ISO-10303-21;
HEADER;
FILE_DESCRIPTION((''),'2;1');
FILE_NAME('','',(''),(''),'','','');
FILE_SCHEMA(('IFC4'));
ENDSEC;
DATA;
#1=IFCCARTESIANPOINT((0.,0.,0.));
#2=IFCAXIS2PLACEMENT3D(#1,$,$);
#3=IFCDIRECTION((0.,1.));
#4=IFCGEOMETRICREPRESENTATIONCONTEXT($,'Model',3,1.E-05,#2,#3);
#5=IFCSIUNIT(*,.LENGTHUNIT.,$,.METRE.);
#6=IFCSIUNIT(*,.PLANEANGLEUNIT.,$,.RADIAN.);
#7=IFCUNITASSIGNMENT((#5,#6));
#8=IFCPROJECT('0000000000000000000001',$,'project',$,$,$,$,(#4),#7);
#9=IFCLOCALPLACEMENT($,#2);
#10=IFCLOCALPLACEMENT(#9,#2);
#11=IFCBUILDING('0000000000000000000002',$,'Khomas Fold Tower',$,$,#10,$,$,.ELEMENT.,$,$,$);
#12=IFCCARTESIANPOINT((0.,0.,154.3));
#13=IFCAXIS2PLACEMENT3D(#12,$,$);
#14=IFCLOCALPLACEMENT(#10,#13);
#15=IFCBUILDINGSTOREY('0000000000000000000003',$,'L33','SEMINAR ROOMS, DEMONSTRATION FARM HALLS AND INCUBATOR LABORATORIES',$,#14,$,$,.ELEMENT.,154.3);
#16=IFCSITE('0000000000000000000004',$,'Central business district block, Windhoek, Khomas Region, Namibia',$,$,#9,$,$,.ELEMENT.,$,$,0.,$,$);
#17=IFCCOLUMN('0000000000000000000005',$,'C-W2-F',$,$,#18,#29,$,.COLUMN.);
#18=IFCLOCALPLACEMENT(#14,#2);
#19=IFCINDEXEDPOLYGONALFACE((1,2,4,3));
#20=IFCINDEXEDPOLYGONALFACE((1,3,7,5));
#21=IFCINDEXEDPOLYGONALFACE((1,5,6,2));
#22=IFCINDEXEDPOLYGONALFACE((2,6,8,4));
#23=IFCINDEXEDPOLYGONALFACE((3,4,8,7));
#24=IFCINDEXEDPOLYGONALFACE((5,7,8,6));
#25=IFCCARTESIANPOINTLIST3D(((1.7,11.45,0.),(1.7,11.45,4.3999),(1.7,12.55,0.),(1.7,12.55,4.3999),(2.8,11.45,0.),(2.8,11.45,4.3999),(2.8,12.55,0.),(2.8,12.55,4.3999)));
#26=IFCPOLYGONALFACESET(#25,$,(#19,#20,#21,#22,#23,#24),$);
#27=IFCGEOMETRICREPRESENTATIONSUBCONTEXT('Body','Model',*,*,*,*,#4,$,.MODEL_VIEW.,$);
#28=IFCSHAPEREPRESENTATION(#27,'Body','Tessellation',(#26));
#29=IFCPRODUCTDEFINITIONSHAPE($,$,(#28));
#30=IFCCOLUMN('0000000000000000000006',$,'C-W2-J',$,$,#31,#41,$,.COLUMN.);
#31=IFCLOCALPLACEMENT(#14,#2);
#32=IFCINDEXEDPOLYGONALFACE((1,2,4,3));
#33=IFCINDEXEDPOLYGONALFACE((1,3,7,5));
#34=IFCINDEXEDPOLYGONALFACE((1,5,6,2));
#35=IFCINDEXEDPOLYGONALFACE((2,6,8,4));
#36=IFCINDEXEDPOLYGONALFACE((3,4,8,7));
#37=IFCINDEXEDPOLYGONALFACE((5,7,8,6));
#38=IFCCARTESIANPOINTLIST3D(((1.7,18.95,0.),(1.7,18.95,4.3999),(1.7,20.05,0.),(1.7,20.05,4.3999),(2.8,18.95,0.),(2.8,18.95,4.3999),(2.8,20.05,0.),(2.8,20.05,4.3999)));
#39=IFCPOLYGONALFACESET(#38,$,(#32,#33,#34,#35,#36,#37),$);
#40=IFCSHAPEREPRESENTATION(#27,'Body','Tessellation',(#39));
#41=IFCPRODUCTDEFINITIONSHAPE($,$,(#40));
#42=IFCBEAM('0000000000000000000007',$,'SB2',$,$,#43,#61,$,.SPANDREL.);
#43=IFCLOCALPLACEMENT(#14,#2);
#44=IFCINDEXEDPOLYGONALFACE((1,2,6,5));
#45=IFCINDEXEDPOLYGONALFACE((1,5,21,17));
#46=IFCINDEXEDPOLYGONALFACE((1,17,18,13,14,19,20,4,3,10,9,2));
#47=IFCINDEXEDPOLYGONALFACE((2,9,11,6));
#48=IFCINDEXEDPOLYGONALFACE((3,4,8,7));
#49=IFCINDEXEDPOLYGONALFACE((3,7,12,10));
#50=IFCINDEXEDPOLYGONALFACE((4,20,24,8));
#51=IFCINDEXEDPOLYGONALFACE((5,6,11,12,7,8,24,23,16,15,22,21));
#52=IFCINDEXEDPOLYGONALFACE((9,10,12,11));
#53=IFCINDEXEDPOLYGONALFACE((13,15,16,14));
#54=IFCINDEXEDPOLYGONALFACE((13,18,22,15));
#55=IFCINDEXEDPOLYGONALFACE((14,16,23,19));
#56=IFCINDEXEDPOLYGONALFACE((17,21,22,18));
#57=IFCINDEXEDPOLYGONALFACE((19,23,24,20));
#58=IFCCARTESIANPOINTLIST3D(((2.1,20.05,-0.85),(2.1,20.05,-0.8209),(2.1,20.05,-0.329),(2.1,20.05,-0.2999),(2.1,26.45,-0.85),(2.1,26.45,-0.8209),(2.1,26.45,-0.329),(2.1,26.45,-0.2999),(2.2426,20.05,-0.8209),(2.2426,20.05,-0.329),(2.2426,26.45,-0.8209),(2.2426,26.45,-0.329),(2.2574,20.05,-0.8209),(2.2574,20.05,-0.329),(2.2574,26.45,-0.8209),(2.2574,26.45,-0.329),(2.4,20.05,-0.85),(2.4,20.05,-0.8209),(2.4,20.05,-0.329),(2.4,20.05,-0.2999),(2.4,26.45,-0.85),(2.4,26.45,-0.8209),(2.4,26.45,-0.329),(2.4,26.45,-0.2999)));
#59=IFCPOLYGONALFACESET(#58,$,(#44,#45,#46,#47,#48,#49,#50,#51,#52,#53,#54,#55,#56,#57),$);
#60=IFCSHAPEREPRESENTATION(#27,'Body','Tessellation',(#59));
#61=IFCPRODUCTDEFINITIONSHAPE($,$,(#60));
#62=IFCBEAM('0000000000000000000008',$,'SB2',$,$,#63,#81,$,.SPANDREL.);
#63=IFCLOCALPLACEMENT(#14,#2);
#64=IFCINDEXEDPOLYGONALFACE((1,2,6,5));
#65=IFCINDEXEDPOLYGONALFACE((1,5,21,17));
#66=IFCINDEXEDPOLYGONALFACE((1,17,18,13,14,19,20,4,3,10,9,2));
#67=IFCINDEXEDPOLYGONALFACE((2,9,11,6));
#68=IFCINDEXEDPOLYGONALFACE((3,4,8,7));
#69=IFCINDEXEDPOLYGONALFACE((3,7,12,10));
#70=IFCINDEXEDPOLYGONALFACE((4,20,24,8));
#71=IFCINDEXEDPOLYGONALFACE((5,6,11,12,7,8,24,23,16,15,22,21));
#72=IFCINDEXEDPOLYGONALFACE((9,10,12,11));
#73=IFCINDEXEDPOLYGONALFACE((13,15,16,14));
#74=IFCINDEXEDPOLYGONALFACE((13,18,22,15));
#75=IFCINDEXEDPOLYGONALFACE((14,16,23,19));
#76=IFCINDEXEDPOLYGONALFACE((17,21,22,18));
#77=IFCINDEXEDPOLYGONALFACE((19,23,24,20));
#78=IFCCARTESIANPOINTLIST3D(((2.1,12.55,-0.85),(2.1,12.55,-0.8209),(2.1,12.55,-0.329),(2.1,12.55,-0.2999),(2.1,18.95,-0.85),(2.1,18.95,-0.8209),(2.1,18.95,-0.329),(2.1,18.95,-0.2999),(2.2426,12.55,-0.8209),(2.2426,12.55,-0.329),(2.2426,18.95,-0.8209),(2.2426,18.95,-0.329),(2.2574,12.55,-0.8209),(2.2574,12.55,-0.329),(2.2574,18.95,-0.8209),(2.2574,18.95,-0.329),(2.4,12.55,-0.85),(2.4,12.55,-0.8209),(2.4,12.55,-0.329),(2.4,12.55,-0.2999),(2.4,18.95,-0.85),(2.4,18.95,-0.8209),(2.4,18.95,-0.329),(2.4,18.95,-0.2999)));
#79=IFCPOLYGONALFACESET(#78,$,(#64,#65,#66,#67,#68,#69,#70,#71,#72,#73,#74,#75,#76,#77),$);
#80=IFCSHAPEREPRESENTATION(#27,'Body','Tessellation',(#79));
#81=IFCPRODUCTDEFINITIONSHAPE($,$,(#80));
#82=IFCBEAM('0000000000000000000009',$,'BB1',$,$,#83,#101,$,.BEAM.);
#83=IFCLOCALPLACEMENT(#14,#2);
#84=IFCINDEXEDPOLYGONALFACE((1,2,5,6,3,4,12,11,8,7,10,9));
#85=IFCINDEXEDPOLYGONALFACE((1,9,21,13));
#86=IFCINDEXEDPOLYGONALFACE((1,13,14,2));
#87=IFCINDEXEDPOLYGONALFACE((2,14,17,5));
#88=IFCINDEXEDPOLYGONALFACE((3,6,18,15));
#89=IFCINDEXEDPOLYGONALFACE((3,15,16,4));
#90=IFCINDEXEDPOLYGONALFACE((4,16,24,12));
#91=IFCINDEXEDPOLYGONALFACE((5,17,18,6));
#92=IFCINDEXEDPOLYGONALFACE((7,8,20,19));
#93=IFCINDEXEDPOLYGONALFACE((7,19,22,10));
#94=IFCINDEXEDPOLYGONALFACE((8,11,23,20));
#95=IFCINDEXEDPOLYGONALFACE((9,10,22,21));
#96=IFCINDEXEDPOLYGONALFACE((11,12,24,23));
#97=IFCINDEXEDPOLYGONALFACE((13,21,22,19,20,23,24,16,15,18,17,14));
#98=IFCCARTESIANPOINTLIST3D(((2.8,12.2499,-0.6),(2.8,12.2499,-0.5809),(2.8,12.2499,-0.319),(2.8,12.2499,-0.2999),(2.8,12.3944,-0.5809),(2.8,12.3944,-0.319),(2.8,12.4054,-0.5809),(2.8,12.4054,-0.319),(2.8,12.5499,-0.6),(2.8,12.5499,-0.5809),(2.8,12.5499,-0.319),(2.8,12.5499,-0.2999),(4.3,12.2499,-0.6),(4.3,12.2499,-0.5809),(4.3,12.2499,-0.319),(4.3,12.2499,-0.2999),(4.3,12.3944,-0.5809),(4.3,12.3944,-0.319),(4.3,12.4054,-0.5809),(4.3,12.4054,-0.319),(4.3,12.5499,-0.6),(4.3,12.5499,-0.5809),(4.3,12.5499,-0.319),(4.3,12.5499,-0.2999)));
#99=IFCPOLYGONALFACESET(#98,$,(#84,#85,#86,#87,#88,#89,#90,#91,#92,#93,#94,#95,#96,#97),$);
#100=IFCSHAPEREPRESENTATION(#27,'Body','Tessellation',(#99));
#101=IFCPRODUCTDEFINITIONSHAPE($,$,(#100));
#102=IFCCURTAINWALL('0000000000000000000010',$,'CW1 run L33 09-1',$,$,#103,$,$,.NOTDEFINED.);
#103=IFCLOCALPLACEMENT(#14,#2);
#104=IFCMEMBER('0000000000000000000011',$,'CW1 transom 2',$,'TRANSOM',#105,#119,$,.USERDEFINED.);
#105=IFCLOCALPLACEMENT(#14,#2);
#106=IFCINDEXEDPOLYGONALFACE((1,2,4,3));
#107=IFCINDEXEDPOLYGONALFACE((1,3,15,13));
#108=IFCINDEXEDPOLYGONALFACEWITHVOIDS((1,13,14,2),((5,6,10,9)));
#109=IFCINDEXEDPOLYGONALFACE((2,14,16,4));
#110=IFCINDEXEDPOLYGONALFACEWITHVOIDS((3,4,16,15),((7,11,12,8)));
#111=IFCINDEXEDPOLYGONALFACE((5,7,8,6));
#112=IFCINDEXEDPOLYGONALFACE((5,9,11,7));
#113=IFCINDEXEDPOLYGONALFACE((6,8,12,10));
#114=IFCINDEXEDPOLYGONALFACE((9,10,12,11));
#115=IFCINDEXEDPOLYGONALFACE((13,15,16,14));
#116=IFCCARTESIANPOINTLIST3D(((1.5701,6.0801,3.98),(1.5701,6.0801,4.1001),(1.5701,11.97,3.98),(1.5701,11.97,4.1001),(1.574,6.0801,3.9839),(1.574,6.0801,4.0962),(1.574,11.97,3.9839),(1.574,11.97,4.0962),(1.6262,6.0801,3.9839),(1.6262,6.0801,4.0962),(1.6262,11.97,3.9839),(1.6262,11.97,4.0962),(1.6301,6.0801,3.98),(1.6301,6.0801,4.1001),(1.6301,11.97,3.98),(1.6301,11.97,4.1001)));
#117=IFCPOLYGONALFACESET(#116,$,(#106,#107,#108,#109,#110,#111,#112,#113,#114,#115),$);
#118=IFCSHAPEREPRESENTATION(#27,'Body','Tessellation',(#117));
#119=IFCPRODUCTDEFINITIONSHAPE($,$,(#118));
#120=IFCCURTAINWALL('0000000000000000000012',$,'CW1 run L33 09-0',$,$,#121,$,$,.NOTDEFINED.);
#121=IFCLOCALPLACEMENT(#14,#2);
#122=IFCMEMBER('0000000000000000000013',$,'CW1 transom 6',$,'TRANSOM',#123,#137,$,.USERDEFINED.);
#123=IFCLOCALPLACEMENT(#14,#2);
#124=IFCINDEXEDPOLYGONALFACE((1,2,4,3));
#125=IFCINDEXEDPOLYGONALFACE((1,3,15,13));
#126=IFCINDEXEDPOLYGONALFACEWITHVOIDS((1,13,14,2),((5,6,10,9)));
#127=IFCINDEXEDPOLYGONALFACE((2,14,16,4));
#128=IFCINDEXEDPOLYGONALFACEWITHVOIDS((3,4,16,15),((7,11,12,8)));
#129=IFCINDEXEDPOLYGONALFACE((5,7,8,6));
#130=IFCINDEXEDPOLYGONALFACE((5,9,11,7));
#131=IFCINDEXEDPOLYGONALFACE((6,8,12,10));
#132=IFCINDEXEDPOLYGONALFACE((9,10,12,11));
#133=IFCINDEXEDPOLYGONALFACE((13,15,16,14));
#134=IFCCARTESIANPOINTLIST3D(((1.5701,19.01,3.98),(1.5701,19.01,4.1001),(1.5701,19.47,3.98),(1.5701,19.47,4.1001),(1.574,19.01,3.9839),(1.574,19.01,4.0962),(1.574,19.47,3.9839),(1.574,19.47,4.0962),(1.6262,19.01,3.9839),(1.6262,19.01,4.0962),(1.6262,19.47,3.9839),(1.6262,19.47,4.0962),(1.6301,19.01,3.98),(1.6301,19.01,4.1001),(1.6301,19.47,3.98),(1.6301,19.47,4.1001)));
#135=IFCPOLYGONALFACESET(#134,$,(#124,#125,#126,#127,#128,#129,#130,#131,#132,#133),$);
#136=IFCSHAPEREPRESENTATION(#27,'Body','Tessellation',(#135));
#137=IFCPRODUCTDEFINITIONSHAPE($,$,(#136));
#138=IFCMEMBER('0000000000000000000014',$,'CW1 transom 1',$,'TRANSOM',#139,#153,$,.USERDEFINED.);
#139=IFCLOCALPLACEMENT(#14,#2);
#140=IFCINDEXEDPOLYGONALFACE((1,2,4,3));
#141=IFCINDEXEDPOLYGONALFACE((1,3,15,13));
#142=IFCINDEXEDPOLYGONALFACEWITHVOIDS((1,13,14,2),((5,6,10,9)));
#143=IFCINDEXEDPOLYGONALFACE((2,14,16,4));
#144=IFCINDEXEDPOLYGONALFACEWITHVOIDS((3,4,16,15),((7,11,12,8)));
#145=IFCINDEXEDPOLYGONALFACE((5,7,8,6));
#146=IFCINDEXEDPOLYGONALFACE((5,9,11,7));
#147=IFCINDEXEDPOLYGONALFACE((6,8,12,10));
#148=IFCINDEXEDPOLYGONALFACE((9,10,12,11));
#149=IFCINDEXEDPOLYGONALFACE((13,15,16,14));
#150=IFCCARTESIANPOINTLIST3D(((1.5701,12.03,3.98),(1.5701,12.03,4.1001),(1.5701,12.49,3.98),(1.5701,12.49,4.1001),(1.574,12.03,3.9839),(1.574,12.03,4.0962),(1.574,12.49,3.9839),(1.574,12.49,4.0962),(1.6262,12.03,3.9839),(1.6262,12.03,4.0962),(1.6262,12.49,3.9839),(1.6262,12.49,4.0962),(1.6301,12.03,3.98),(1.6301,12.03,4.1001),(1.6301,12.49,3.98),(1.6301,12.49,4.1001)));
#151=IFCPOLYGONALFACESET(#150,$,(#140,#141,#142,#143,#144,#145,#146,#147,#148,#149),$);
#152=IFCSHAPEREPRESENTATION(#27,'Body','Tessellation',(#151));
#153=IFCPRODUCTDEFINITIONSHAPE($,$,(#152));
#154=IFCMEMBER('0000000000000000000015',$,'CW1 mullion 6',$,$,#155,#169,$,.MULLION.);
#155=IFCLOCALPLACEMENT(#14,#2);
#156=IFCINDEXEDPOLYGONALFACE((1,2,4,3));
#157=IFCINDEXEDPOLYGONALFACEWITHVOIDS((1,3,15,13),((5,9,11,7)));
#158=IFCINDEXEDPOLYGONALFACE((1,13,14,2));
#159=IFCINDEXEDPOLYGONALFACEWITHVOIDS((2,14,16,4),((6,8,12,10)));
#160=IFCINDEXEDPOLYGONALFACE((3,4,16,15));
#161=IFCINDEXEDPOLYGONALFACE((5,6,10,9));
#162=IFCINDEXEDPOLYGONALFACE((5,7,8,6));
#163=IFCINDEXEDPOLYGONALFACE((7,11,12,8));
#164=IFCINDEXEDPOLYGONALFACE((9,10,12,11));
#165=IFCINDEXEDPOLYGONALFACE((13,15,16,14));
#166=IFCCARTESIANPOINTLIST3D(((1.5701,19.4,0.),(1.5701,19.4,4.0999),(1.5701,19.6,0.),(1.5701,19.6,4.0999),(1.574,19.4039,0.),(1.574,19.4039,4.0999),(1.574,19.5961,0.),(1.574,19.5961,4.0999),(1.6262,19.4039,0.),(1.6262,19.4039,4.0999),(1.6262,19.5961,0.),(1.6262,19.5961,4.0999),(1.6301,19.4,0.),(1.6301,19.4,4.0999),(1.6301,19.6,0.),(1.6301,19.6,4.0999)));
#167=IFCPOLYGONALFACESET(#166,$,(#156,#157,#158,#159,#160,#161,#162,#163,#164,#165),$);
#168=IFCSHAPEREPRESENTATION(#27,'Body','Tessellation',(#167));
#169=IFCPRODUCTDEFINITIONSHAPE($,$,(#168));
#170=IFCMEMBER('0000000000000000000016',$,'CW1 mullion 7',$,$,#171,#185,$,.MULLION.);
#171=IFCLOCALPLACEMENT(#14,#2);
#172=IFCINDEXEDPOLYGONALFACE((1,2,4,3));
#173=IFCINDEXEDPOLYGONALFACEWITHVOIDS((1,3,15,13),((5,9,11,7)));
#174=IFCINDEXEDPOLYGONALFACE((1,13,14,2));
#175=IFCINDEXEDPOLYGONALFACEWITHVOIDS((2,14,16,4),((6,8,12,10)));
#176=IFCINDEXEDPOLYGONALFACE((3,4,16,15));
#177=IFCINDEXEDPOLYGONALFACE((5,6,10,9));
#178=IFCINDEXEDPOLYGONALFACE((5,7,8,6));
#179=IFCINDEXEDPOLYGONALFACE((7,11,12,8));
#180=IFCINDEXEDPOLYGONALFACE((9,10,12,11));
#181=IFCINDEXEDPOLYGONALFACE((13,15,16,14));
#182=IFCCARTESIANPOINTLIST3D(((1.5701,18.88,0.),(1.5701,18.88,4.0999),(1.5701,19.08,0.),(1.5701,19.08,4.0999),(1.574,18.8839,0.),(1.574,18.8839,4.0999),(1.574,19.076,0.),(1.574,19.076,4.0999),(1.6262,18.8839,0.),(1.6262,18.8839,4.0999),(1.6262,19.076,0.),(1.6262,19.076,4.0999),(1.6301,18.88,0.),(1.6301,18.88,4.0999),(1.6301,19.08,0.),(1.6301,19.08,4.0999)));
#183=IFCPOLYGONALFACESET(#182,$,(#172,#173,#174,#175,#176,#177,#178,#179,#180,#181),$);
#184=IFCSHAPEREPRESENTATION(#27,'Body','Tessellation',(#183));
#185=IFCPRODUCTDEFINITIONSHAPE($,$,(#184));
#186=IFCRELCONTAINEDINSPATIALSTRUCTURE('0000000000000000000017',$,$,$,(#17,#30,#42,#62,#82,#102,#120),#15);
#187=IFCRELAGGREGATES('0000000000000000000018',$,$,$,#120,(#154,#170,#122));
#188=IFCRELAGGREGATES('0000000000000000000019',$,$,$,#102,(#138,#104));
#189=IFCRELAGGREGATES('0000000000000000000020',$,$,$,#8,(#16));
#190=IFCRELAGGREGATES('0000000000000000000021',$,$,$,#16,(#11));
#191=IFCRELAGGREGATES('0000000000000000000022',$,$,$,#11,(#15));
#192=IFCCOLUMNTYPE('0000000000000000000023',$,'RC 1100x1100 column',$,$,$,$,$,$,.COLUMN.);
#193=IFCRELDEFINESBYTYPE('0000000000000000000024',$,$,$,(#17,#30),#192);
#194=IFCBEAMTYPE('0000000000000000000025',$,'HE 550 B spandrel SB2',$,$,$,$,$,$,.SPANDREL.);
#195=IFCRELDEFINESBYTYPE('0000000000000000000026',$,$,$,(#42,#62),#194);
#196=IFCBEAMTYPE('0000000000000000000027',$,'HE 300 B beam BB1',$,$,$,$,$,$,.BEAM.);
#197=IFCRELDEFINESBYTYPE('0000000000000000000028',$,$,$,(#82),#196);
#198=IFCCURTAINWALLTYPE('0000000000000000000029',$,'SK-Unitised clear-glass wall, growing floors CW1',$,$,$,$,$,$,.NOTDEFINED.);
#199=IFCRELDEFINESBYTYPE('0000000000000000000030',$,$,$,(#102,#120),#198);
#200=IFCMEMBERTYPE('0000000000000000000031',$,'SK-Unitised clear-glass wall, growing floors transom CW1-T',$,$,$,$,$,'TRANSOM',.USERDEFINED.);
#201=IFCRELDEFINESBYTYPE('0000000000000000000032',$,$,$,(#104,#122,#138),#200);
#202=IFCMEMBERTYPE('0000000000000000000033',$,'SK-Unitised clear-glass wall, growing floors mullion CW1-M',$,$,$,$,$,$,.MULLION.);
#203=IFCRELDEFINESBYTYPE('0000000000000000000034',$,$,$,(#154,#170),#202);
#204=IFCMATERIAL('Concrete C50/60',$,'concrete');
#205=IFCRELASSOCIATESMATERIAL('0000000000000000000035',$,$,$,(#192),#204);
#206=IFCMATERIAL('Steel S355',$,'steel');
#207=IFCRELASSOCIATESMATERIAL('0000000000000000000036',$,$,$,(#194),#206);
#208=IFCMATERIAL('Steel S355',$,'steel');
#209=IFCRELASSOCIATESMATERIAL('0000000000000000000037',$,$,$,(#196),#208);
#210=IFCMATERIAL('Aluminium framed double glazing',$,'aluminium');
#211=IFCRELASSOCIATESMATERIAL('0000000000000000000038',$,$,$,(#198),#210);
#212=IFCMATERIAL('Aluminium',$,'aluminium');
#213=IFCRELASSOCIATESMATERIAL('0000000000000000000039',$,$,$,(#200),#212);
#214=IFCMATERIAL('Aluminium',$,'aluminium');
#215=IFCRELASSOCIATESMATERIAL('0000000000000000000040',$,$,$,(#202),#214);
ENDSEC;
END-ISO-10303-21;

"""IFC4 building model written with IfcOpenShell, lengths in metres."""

from ifc_helpers import new_model, si_unit, direction, frame, origin, origin_2d, place, context, subcontext, project, spatial, rectangle, hollow_rectangle, i_section, extrude, source, transform, mapped, material, material_profile, profile_set, type_object, element, aggregate, save


model = new_model("IFC4")

# Units and contexts
model_context = context("Model", 3, precision=1e-05, world=origin(), true_north=direction((0.0, 1.0)))
body_context = subcontext(model_context, "Body", "Model", "MODEL_VIEW")
ifc_project = project(units=[si_unit("LENGTHUNIT", "METRE"), si_unit("PLANEANGLEUNIT", "RADIAN")], contexts=[model_context])

# Site, building, storey
site_placement = place(None, origin())
site = spatial("IfcSite", under=ifc_project, at=site_placement, Name="Central business district block, Windhoek, Khomas Region, Namibia", CompositionType="ELEMENT", RefElevation=0.0)
building_placement = place(site_placement, origin())
building = spatial("IfcBuilding", under=site, at=building_placement, Name="Khomas Fold Tower", CompositionType="ELEMENT")
storey_placement = place(building_placement, frame((0.0, 0.0, 154.3)))
storey = spatial("IfcBuildingStorey", under=building, at=storey_placement, Name="L33", Description="SEMINAR ROOMS, DEMONSTRATION FARM HALLS AND INCUBATOR LABORATORIES", CompositionType="ELEMENT", Elevation=154.3)

# Columns
ifc_material_1 = material(Name="Concrete C50/60", Category="concrete")
ifc_material_profile_1 = material_profile(ifc_material_1, rectangle(XDim=1.1001, YDim=1.1001, at=origin_2d()), Name="RC 1100x1100")
ifc_profile_set_1 = profile_set([ifc_material_profile_1], Name="Concrete C50/60")
column_type = type_object("IfcColumnType", Name="RC 1100x1100 column", PredefinedType="COLUMN", material=ifc_profile_set_1)
shared_shape_1 = source(origin(), body_context, "Body", "SweptSolid", [
    extrude(rectangle(XDim=1.1001, YDim=1.1001, at=origin_2d()), origin(), (0.0, 0.0, 1.0), 4.3999),
])
for number, where, z_axis, x_axis, name in (
    (1, (2.25, 12.0, 0.0), (0.0, 0.0, 1.0), (1.0, 0.0, 0.0), "C-W2-F"),
    (2, (2.25, 19.5, 0.0), (0.0, 0.0, 1.0), (1.0, 0.0, 0.0), "C-W2-J"),
):
    element("IfcColumn", number, at=place(storey_placement, frame(where, z_axis=z_axis, x_axis=x_axis)), inside=storey, type_object=column_type, Name=name, PredefinedType="COLUMN", context=body_context, shape_type="MappedRepresentation", body=[
        mapped(shared_shape_1, transform((0.0, 0.0, 0.0))),
    ])

# Beams
ifc_material_2 = material(Name="Steel S355", Category="steel")
ifc_material_profile_2 = material_profile(ifc_material_2, i_section(OverallWidth=0.3, OverallDepth=0.55, WebThickness=0.0149, FlangeThickness=0.0291, at=origin_2d()), Name="HE 550 B")
ifc_profile_set_2 = profile_set([ifc_material_profile_2], Name="Steel S355")
beam_type_1 = type_object("IfcBeamType", Name="HE 550 B spandrel SB2", PredefinedType="SPANDREL", material=ifc_profile_set_2)
shared_shape_2 = source(origin(), body_context, "Body", "SweptSolid", [
    extrude(i_section(OverallWidth=0.3, OverallDepth=0.55, WebThickness=0.0149, FlangeThickness=0.0291, at=origin_2d()), origin(), (0.0, 0.0, 1.0), 6.3999),
])
for number, where, z_axis, x_axis, name in (
    (3, (2.25, 20.05, -0.575), (0.0, 1.0, 0.0), (-1.0, 0.0, 0.0), "SB2"),
    (4, (2.25, 12.55, -0.575), (0.0, 1.0, 0.0), (-1.0, 0.0, 0.0), "SB2"),
):
    element("IfcBeam", number, at=place(storey_placement, frame(where, z_axis=z_axis, x_axis=x_axis)), inside=storey, type_object=beam_type_1, Name=name, PredefinedType="SPANDREL", context=body_context, shape_type="MappedRepresentation", body=[
        mapped(shared_shape_2, transform((0.0, 0.0, 0.0))),
    ])
ifc_material_3 = material(Name="Steel S355", Category="steel")
ifc_material_profile_3 = material_profile(ifc_material_3, i_section(OverallWidth=0.3, OverallDepth=0.3, WebThickness=0.011, FlangeThickness=0.019, at=origin_2d()), Name="HE 300 B")
ifc_profile_set_3 = profile_set([ifc_material_profile_3], Name="Steel S355")
beam_type_2 = type_object("IfcBeamType", Name="HE 300 B beam BB1", PredefinedType="BEAM", material=ifc_profile_set_3)
shared_shape_3 = source(origin(), body_context, "Body", "SweptSolid", [
    extrude(i_section(OverallWidth=0.3, OverallDepth=0.3, WebThickness=0.011, FlangeThickness=0.019, at=origin_2d()), origin(), (0.0, 0.0, 1.0), 1.5),
])
beam_placement = place(storey_placement, frame((2.8, 12.3999, -0.45), z_axis=(1.0, 0.0, 0.0), x_axis=(0.0, 1.0, 0.0)))
element("IfcBeam", 5, at=beam_placement, inside=storey, type_object=beam_type_2, Name="BB1", PredefinedType="BEAM", context=body_context, shape_type="MappedRepresentation", body=[
    mapped(shared_shape_3, transform((0.0, 0.0, 0.0))),
])

# Curtain walls, members
ifc_material_4 = material(Name="Aluminium framed double glazing", Category="aluminium")
curtain_wall_type = type_object("IfcCurtainWallType", Name="SK-Unitised clear-glass wall, growing floors CW1", PredefinedType="NOTDEFINED", material=ifc_material_4)
curtain_wall_1_placement = place(storey_placement, origin())
curtain_wall_1 = element("IfcCurtainWall", 6, at=curtain_wall_1_placement, inside=storey, type_object=curtain_wall_type, Name="CW1 run L33 09-1", PredefinedType="NOTDEFINED")
ifc_material_5 = material(Name="Aluminium", Category="aluminium")
ifc_material_profile_4 = material_profile(ifc_material_5, hollow_rectangle(XDim=0.0601, YDim=0.1201, WallThickness=0.0039, at=origin_2d()), Name="SK-Unitised clear-glass wall, growing floors transom CW1-T")
ifc_profile_set_4 = profile_set([ifc_material_profile_4], Name="Aluminium")
member_type_1 = type_object("IfcMemberType", Name="SK-Unitised clear-glass wall, growing floors transom CW1-T", ElementType="TRANSOM", PredefinedType="USERDEFINED", material=ifc_profile_set_4)
shared_shape_4 = source(origin(), body_context, "Body", "SweptSolid", [
    extrude(hollow_rectangle(XDim=0.0601, YDim=0.1201, WallThickness=0.0039, at=origin_2d()), origin(), (0.0, 0.0, 1.0), 5.8899),
])
member_1_placement = place(storey_placement, frame((1.6001, 11.97, 4.04), z_axis=(0.0, -1.0, 0.0), x_axis=(1.0, 0.0, 0.0)))
member_1 = element("IfcMember", 7, at=member_1_placement, type_object=member_type_1, Name="CW1 transom 2", ObjectType="TRANSOM", PredefinedType="USERDEFINED", context=body_context, shape_type="MappedRepresentation", body=[
    mapped(shared_shape_4, transform((0.0, 0.0, 0.0))),
])
curtain_wall_2_placement = place(storey_placement, origin())
curtain_wall_2 = element("IfcCurtainWall", 8, at=curtain_wall_2_placement, inside=storey, type_object=curtain_wall_type, Name="CW1 run L33 09-0", PredefinedType="NOTDEFINED")
shared_shape_5 = source(origin(), body_context, "Body", "SweptSolid", [
    extrude(hollow_rectangle(XDim=0.0601, YDim=0.1201, WallThickness=0.0039, at=origin_2d()), origin(), (0.0, 0.0, 1.0), 0.46),
])
member_2_placement = place(storey_placement, frame((1.6001, 19.47, 4.04), z_axis=(0.0, -1.0, 0.0), x_axis=(1.0, 0.0, 0.0)))
member_2 = element("IfcMember", 9, at=member_2_placement, type_object=member_type_1, Name="CW1 transom 6", ObjectType="TRANSOM", PredefinedType="USERDEFINED", context=body_context, shape_type="MappedRepresentation", body=[
    mapped(shared_shape_5, transform((0.0, 0.0, 0.0))),
])

# Members
member_3_placement = place(storey_placement, frame((1.6001, 12.49, 4.04), z_axis=(0.0, -1.0, 0.0), x_axis=(1.0, 0.0, 0.0)))
member_3 = element("IfcMember", 10, at=member_3_placement, type_object=member_type_1, Name="CW1 transom 1", ObjectType="TRANSOM", PredefinedType="USERDEFINED", context=body_context, shape_type="MappedRepresentation", body=[
    mapped(shared_shape_5, transform((0.0, 0.0, 0.0))),
])
ifc_material_6 = material(Name="Aluminium", Category="aluminium")
ifc_material_profile_5 = material_profile(ifc_material_6, hollow_rectangle(XDim=0.0601, YDim=0.2, WallThickness=0.0039, at=origin_2d()), Name="SK-Unitised clear-glass wall, growing floors mullion CW1-M")
ifc_profile_set_5 = profile_set([ifc_material_profile_5], Name="Aluminium")
member_type_2 = type_object("IfcMemberType", Name="SK-Unitised clear-glass wall, growing floors mullion CW1-M", PredefinedType="MULLION", material=ifc_profile_set_5)
shared_shape_6 = source(origin(), body_context, "Body", "SweptSolid", [
    extrude(hollow_rectangle(XDim=0.0601, YDim=0.2, WallThickness=0.0039, at=origin_2d()), origin(), (0.0, 0.0, 1.0), 4.0999),
])
member_4_placement = place(storey_placement, frame((1.6001, 19.5, 0.0), z_axis=(0.0, 0.0, 1.0), x_axis=(1.0, 0.0, 0.0)))
member_4 = element("IfcMember", 11, at=member_4_placement, type_object=member_type_2, Name="CW1 mullion 6", PredefinedType="MULLION", context=body_context, shape_type="MappedRepresentation", body=[
    mapped(shared_shape_6, transform((0.0, 0.0, 0.0))),
])
member_5_placement = place(storey_placement, frame((1.6001, 18.98, 0.0), z_axis=(0.0, 0.0, 1.0), x_axis=(1.0, 0.0, 0.0)))
member_5 = element("IfcMember", 12, at=member_5_placement, type_object=member_type_2, Name="CW1 mullion 7", PredefinedType="MULLION", context=body_context, shape_type="MappedRepresentation", body=[
    mapped(shared_shape_6, transform((0.0, 0.0, 0.0))),
])

aggregate(curtain_wall_2, [member_4, member_5, member_2])
aggregate(curtain_wall_1, [member_3, member_1])

save(model, "model.ifc")
